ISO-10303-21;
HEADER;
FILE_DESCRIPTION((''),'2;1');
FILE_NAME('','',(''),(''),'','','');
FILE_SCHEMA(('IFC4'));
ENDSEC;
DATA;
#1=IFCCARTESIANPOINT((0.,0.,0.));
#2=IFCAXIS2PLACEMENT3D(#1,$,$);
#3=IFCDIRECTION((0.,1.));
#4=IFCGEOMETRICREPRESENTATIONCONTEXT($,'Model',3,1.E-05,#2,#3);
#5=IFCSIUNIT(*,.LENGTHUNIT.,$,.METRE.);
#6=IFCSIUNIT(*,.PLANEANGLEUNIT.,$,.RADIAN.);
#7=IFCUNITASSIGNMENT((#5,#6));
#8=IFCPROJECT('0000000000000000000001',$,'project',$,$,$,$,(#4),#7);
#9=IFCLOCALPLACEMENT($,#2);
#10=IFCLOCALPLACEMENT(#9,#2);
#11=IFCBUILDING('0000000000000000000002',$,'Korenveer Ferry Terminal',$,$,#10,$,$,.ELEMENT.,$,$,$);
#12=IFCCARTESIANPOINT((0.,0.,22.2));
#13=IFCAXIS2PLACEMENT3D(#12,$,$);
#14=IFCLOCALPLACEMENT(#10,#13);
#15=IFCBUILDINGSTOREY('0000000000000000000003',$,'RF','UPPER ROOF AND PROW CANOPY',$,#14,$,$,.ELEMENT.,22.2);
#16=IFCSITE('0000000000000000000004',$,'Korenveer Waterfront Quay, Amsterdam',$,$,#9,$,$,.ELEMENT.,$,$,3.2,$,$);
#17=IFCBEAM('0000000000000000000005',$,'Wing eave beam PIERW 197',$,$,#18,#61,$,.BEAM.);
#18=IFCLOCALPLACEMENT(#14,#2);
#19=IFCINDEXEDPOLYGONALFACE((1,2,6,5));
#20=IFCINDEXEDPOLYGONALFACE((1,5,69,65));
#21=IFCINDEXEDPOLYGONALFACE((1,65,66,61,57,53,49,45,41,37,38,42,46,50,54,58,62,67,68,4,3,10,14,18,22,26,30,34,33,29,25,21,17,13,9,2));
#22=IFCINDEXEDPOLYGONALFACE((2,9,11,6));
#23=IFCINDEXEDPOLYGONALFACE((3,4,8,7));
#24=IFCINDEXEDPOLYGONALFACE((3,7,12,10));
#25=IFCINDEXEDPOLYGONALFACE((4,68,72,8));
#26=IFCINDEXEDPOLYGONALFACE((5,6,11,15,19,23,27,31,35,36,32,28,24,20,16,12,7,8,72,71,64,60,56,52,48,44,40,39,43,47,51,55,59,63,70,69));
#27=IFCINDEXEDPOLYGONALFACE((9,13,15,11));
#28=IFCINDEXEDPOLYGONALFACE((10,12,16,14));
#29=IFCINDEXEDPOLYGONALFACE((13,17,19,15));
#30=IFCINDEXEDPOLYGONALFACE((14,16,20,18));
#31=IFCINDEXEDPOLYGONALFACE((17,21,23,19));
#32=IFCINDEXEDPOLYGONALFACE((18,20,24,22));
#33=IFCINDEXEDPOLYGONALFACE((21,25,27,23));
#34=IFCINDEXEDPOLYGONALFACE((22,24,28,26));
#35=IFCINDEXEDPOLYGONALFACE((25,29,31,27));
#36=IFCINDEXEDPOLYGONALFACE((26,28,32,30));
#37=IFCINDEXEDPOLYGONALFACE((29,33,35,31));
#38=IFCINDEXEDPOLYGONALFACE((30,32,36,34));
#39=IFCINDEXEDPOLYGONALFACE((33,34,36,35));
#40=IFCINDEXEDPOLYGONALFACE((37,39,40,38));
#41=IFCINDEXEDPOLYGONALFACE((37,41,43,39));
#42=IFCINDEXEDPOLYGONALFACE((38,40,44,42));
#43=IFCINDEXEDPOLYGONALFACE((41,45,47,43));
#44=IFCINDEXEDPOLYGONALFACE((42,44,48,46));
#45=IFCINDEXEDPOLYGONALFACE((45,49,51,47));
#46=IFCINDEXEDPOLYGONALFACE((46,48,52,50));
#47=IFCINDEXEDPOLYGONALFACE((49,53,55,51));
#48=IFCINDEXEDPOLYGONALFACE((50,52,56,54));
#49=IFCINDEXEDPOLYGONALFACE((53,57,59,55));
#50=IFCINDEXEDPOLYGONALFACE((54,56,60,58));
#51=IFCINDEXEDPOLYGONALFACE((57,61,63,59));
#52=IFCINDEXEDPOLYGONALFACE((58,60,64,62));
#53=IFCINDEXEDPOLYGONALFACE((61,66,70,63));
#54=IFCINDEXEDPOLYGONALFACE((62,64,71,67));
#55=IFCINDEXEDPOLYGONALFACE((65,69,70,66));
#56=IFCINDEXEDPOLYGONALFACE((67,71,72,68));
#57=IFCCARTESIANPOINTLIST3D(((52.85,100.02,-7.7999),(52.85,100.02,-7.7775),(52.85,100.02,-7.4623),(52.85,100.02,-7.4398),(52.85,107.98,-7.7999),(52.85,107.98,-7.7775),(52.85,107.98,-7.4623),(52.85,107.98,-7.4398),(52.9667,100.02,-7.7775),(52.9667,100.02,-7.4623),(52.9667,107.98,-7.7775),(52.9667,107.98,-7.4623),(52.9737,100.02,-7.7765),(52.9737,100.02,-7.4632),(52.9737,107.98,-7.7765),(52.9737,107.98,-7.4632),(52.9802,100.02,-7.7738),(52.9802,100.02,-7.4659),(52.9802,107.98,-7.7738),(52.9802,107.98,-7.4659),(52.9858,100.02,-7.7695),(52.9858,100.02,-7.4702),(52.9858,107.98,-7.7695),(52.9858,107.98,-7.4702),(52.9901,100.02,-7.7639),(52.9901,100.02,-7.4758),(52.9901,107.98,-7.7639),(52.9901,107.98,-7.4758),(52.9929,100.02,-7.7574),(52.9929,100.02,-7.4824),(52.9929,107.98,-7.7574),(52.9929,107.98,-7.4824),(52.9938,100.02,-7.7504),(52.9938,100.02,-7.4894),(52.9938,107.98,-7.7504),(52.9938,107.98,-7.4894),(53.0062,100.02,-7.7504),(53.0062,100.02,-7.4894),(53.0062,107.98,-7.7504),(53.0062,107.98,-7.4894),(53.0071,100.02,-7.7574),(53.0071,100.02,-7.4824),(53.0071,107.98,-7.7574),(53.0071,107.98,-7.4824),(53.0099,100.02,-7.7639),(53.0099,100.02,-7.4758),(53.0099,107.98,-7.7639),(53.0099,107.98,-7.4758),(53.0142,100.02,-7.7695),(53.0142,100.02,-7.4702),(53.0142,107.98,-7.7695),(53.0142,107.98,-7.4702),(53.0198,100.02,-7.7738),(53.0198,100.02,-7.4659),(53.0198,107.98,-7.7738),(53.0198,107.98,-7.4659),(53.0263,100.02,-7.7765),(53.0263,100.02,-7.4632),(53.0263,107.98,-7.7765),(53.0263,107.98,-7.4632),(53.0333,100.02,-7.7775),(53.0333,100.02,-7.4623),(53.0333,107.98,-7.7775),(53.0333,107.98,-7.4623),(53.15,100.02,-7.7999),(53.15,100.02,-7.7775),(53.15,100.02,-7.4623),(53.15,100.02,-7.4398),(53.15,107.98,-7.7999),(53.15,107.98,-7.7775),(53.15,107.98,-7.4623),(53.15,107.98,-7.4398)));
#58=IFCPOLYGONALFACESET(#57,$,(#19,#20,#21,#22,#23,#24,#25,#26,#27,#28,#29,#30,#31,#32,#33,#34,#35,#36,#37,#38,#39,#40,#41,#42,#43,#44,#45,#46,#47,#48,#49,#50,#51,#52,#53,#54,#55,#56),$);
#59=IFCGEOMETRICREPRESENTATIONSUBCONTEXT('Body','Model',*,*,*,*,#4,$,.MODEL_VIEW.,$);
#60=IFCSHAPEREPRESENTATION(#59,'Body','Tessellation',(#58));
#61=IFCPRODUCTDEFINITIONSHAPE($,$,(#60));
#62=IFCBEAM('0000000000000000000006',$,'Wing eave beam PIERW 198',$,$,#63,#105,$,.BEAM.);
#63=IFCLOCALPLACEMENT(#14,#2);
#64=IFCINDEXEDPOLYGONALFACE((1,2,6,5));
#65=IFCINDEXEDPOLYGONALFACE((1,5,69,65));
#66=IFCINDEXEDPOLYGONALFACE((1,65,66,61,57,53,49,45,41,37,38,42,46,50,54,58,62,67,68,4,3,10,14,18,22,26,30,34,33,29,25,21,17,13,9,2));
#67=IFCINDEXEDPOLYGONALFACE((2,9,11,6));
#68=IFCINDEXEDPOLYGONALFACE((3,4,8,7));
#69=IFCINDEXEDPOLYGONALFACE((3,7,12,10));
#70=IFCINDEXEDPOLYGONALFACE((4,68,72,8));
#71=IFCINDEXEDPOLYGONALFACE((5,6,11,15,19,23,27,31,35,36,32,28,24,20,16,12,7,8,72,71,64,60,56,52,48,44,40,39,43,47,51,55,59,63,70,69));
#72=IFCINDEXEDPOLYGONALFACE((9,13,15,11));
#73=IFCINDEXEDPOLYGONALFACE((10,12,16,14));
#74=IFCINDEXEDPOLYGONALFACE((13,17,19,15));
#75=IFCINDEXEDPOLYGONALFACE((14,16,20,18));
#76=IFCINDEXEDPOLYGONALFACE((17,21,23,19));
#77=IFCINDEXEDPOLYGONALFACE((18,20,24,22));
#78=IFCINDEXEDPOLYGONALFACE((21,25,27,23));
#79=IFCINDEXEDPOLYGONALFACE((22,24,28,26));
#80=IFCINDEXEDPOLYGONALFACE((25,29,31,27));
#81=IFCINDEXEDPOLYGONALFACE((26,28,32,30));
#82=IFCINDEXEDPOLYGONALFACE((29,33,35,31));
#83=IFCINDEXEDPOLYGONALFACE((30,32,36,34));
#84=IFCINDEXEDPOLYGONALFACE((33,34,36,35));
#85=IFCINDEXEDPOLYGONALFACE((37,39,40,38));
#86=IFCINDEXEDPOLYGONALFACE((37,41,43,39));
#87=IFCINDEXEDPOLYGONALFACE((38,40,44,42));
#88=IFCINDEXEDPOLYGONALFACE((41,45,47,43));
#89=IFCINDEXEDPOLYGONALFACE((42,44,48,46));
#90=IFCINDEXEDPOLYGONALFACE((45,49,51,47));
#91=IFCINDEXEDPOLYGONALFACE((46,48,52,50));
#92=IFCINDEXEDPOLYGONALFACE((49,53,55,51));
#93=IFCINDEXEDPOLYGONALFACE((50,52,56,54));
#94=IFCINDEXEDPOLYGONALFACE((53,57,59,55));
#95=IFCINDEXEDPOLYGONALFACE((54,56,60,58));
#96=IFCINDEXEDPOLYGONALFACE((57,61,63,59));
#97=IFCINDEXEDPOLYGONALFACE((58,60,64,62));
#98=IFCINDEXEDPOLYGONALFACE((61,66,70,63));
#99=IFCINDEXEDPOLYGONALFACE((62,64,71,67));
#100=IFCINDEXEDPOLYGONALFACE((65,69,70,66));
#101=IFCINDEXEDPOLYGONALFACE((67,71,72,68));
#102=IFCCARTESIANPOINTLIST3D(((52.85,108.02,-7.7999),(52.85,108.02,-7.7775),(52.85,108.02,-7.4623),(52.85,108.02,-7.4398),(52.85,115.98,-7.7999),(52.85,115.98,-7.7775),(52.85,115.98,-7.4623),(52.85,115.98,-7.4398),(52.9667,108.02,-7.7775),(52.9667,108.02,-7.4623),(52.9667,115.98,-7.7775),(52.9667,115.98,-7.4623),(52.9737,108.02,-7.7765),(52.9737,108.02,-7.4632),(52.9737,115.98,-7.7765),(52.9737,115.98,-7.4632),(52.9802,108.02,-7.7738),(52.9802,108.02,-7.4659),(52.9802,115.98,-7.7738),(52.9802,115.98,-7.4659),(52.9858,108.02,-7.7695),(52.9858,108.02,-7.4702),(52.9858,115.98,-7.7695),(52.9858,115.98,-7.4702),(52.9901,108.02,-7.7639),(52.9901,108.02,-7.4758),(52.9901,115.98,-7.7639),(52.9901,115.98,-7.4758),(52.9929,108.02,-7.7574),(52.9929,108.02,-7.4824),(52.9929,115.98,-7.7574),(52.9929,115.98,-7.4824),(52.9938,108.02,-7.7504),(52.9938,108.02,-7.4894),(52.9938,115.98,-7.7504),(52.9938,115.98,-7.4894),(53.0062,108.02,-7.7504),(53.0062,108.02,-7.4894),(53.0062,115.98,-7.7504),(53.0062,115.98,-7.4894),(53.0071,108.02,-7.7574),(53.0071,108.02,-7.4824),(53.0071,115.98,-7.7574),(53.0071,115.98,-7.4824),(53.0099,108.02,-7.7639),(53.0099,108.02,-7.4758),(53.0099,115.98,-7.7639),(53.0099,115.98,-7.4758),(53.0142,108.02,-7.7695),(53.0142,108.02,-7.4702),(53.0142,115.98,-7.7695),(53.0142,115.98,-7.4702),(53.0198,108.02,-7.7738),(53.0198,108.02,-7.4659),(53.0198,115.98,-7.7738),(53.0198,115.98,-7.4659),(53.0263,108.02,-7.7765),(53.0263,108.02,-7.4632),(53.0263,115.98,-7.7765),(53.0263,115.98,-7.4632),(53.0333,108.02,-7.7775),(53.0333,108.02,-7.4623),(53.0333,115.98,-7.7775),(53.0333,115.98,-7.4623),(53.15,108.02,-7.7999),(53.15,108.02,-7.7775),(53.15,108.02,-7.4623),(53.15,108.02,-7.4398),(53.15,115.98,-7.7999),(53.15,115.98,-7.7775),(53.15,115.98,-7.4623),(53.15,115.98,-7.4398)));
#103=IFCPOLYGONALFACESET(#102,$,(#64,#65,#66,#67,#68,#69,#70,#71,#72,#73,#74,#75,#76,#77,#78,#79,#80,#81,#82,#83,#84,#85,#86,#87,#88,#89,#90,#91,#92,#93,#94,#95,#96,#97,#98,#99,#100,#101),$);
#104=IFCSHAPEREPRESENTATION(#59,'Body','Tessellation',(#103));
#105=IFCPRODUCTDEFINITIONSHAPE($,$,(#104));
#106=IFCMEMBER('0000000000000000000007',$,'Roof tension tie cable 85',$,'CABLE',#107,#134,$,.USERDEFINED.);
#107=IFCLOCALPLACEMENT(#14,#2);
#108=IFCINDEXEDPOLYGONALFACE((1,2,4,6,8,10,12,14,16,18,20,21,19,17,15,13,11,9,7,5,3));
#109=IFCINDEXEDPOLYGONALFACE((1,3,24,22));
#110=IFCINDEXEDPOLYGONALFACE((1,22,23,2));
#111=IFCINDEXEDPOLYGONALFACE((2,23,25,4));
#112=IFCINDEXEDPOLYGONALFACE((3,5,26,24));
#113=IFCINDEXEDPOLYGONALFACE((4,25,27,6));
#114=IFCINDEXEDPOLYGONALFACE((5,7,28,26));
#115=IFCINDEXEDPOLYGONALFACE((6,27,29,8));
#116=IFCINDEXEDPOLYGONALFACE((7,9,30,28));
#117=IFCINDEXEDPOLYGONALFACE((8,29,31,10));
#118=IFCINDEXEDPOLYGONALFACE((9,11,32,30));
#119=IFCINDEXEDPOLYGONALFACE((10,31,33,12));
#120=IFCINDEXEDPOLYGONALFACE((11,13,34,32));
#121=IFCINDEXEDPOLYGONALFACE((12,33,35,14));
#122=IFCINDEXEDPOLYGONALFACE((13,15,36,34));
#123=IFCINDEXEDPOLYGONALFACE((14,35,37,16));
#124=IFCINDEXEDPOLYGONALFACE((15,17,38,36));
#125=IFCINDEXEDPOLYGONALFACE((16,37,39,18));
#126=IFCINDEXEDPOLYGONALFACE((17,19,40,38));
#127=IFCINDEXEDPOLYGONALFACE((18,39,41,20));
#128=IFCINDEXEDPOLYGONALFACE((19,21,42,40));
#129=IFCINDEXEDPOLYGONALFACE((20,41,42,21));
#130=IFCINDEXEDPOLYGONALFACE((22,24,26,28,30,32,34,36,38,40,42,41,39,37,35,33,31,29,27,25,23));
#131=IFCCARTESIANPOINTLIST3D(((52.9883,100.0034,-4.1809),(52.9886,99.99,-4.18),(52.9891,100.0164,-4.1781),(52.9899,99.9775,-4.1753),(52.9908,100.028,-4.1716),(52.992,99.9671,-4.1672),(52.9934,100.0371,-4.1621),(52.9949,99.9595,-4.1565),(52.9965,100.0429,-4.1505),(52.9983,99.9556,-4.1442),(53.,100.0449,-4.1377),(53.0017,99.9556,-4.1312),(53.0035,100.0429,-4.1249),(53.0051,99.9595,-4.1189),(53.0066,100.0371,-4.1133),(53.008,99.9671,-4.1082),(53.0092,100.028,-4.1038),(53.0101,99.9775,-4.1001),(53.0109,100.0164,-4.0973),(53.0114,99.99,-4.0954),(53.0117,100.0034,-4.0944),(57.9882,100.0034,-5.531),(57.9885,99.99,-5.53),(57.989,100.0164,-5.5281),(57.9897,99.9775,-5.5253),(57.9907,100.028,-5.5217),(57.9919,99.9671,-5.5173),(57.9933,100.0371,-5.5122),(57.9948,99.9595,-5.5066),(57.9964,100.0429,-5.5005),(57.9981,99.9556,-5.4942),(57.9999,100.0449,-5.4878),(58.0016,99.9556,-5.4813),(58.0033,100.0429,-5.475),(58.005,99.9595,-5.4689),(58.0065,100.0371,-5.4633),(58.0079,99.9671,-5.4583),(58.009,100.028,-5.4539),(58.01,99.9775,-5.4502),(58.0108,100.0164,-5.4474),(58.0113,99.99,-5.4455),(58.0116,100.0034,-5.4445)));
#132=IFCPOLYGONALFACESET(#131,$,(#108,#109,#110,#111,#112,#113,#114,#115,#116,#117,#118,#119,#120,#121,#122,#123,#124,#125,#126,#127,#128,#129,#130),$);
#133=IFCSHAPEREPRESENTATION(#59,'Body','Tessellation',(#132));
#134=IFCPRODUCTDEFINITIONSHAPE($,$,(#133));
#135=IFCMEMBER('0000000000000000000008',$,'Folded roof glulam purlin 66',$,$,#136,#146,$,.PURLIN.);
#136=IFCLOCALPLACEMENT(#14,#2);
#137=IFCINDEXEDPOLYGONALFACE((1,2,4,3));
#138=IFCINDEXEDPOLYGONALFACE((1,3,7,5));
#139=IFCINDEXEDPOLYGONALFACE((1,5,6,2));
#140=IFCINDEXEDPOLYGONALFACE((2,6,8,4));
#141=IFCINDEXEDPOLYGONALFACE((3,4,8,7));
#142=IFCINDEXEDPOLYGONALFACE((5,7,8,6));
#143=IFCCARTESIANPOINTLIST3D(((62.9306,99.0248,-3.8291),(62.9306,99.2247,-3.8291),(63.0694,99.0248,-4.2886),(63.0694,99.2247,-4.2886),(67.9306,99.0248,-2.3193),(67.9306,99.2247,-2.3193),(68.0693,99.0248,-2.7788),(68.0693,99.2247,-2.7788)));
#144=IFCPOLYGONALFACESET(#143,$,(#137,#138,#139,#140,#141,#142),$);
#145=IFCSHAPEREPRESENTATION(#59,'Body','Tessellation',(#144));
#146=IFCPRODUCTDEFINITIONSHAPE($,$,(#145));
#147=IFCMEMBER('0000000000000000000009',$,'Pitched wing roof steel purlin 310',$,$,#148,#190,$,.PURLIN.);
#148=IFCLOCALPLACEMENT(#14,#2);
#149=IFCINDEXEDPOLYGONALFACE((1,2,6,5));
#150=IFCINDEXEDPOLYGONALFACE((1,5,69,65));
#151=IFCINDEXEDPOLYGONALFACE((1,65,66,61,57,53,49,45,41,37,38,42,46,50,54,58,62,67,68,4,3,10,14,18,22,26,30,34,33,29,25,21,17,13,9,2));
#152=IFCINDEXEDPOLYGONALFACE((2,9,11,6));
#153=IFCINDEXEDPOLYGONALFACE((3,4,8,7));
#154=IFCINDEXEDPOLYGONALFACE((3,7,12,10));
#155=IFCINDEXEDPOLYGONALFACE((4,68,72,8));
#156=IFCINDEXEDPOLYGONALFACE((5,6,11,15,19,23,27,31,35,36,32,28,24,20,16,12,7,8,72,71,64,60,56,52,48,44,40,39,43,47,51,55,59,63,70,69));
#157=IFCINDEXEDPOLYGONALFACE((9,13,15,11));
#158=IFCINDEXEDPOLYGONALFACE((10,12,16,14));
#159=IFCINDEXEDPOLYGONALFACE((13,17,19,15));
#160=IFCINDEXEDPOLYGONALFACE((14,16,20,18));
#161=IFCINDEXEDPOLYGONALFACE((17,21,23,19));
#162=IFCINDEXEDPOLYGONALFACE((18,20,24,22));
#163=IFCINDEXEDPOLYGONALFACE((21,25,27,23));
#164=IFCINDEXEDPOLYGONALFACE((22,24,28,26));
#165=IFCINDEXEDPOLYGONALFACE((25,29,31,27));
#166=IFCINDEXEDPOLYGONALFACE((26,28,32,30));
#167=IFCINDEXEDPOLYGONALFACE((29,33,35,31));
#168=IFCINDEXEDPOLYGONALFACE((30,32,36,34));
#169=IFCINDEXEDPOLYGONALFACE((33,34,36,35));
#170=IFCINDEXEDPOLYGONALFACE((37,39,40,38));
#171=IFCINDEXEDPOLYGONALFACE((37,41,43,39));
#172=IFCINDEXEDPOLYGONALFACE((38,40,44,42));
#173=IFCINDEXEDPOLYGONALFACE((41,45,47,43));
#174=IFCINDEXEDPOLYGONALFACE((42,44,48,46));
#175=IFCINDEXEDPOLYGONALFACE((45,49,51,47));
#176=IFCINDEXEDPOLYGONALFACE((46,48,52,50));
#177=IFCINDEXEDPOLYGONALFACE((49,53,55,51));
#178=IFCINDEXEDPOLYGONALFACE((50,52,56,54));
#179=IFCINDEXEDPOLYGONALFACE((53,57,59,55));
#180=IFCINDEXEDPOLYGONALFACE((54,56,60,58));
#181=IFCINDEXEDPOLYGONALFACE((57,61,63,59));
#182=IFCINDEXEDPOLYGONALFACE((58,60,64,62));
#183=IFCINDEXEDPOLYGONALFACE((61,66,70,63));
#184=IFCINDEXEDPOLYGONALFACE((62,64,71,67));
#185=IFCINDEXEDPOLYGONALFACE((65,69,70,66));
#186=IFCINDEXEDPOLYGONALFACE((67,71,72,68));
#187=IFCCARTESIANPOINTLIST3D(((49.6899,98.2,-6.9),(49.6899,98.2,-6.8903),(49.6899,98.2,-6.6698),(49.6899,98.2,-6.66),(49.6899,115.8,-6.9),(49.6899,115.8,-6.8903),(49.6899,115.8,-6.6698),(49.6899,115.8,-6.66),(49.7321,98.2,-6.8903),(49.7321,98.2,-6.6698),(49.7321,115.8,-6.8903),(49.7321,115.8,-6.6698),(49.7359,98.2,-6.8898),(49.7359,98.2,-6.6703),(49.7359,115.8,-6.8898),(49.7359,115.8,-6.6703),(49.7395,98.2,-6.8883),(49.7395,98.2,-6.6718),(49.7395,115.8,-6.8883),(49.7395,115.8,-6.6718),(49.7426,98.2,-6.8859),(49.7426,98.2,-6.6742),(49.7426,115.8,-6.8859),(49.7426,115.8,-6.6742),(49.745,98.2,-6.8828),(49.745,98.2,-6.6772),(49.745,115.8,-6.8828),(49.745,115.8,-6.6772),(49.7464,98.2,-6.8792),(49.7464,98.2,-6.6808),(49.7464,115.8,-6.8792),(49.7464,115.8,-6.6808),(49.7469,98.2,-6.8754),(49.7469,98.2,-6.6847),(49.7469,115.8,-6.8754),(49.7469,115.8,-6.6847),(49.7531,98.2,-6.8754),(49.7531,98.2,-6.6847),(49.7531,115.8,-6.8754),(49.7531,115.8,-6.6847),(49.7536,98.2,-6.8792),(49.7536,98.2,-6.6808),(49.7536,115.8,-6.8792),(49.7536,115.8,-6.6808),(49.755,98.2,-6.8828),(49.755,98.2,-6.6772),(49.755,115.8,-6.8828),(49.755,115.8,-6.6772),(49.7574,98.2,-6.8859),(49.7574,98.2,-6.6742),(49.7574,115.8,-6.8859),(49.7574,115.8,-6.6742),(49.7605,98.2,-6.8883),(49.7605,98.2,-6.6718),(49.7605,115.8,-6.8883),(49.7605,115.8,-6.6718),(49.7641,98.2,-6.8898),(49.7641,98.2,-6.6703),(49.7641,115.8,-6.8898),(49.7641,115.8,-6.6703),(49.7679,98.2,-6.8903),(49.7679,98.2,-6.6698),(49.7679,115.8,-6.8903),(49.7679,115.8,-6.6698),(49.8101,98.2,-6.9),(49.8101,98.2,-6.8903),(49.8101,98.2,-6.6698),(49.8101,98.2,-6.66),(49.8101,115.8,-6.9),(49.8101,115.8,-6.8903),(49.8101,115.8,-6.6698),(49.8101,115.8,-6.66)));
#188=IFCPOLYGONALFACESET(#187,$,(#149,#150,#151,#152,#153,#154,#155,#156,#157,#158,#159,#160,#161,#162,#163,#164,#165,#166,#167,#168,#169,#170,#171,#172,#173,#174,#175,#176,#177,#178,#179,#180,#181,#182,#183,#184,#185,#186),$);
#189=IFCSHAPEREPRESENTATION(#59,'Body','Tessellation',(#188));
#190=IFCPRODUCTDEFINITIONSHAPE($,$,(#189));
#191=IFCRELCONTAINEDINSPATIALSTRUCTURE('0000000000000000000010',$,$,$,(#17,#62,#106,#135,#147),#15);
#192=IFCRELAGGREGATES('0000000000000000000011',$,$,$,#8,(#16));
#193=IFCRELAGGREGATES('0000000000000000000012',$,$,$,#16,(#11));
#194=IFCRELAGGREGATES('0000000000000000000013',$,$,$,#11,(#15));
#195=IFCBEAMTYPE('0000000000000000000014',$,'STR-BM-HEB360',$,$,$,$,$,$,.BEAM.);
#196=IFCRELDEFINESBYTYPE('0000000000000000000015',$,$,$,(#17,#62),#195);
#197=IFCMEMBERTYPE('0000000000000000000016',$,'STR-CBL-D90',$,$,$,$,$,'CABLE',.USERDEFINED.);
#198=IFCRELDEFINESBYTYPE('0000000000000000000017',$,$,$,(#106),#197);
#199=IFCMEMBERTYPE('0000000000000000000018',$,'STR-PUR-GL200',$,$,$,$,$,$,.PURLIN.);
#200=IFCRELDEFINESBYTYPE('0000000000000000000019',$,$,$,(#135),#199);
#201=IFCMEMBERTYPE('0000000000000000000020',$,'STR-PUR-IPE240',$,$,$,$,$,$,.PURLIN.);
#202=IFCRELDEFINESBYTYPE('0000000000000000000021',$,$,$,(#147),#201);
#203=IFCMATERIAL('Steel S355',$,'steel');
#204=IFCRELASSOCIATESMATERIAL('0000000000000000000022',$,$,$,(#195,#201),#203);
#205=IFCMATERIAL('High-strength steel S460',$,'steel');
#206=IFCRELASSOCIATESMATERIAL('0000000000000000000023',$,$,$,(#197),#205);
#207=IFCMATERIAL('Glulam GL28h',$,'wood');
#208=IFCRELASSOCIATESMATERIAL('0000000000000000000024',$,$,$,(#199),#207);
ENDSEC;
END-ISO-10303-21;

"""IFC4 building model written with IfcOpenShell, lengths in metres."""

from ifc_helpers import new_model, si_unit, direction, frame, origin, origin_2d, place, context, subcontext, project, spatial, rectangle, circle, i_section, extrude, material, material_profile, profile_set, type_object, element, save


model = new_model("IFC4")

# Units and contexts
model_context = context("Model", 3, precision=1e-05, world=origin(), true_north=direction((0.0, 1.0)))
body_context = subcontext(model_context, "Body", "Model", "MODEL_VIEW")
ifc_project = project(units=[si_unit("LENGTHUNIT", "METRE"), si_unit("PLANEANGLEUNIT", "RADIAN")], contexts=[model_context])

# Site, building, storey
site_placement = place(None, origin())
site = spatial("IfcSite", under=ifc_project, at=site_placement, Name="Korenveer Waterfront Quay, Amsterdam", CompositionType="ELEMENT", RefElevation=3.2)
building_placement = place(site_placement, origin())
building = spatial("IfcBuilding", under=site, at=building_placement, Name="Korenveer Ferry Terminal", CompositionType="ELEMENT")
storey_placement = place(building_placement, frame((0.0, 0.0, 22.2)))
storey = spatial("IfcBuildingStorey", under=building, at=storey_placement, Name="RF", Description="UPPER ROOF AND PROW CANOPY", CompositionType="ELEMENT", Elevation=22.2)

# Beams
ifc_material_1 = material(Name="Steel S355", Category="steel")
ifc_material_profile_1 = material_profile(ifc_material_1, i_section(OverallWidth=0.3, OverallDepth=0.3601, WebThickness=0.0125, FlangeThickness=0.0225, FilletRadius=0.0271, at=origin_2d()), Name="HEB 360")
ifc_profile_set_1 = profile_set([ifc_material_profile_1], Name="Steel S355")
beam_type_1 = type_object("IfcBeamType", Name="STR-BM-HEB360", PredefinedType="BEAM", material=ifc_profile_set_1)
for number, where, z_axis, x_axis, name in (
    (1, (53.0, 100.02, -7.6199), (0.0, 1.0, 0.0), (-1.0, 0.0, 0.0), "Wing eave beam PIERW 197"),
    (2, (53.0, 108.02, -7.6199), (0.0, 1.0, 0.0), (-1.0, 0.0, 0.0), "Wing eave beam PIERW 198"),
):
    element("IfcBeam", number, at=place(storey_placement, frame(where, z_axis=z_axis, x_axis=x_axis)), inside=storey, type_object=beam_type_1, Name=name, PredefinedType="BEAM", context=body_context, shape_type="SweptSolid", body=[
        extrude(i_section(OverallWidth=0.3, OverallDepth=0.3601, WebThickness=0.0125, FlangeThickness=0.0225, FilletRadius=0.0271, at=origin_2d()), origin(), (0.0, 0.0, 1.0), 7.96),
    ])

# Members
ifc_material_2 = material(Name="High-strength steel S460", Category="steel")
ifc_material_profile_2 = material_profile(ifc_material_2, circle(Radius=0.0449, at=origin_2d()), Name="ROD D90")
ifc_profile_set_2 = profile_set([ifc_material_profile_2], Name="High-strength steel S460")
member_type_1 = type_object("IfcMemberType", Name="STR-CBL-D90", ElementType="CABLE", PredefinedType="USERDEFINED", material=ifc_profile_set_2)
member_1_placement = place(storey_placement, frame((53.0, 100.0, -4.1377), z_axis=(0.965424, 0.0, -0.260683), x_axis=(0.0, 1.0, 0.0)))
element("IfcMember", 3, at=member_1_placement, inside=storey, type_object=member_type_1, Name="Roof tension tie cable 85", ObjectType="CABLE", PredefinedType="USERDEFINED", context=body_context, shape_type="SweptSolid", body=[
    extrude(circle(Radius=0.0449, at=origin_2d()), origin(), (0.0, 0.0, 1.0), 5.179),
])
ifc_material_3 = material(Name="Glulam GL28h", Category="wood")
ifc_material_profile_3 = material_profile(ifc_material_3, rectangle(XDim=0.2, YDim=0.48, at=origin_2d()), Name="GL 200x480")
ifc_profile_set_3 = profile_set([ifc_material_profile_3], Name="Glulam GL28h")
member_type_2 = type_object("IfcMemberType", Name="STR-PUR-GL200", PredefinedType="PURLIN", material=ifc_profile_set_3)
member_2_placement = place(storey_placement, frame((63.0, 99.1248, -4.0588), z_axis=(0.95731, 0.0, 0.289063), x_axis=(0.0, 1.0, 0.0)))
element("IfcMember", 4, at=member_2_placement, inside=storey, type_object=member_type_2, Name="Folded roof glulam purlin 66", PredefinedType="PURLIN", context=body_context, shape_type="SweptSolid", body=[
    extrude(rectangle(XDim=0.2, YDim=0.48, at=origin_2d()), origin(), (0.0, 0.0, 1.0), 5.2229),
])
ifc_material_profile_4 = material_profile(ifc_material_1, i_section(OverallWidth=0.1201, OverallDepth=0.24, WebThickness=0.0061, FlangeThickness=0.0098, FilletRadius=0.0149, at=origin_2d()), Name="IPE 240")
ifc_profile_set_4 = profile_set([ifc_material_profile_4], Name="Steel S355")
member_type_3 = type_object("IfcMemberType", Name="STR-PUR-IPE240", PredefinedType="PURLIN", material=ifc_profile_set_4)
for number, where, z_axis, x_axis, name in (
    (5, (49.75, 98.2, -6.78), (0.0, 1.0, 0.0), (-1.0, 0.0, 0.0), "Pitched wing roof steel purlin 310"),
):
    element("IfcMember", number, at=place(storey_placement, frame(where, z_axis=z_axis, x_axis=x_axis)), inside=storey, type_object=member_type_3, Name=name, PredefinedType="PURLIN", context=body_context, shape_type="SweptSolid", body=[
        extrude(i_section(OverallWidth=0.1201, OverallDepth=0.24, WebThickness=0.0061, FlangeThickness=0.0098, FilletRadius=0.0149, at=origin_2d()), origin(), (0.0, 0.0, 1.0), 17.6001),
    ])

save(model, "model.ifc")
